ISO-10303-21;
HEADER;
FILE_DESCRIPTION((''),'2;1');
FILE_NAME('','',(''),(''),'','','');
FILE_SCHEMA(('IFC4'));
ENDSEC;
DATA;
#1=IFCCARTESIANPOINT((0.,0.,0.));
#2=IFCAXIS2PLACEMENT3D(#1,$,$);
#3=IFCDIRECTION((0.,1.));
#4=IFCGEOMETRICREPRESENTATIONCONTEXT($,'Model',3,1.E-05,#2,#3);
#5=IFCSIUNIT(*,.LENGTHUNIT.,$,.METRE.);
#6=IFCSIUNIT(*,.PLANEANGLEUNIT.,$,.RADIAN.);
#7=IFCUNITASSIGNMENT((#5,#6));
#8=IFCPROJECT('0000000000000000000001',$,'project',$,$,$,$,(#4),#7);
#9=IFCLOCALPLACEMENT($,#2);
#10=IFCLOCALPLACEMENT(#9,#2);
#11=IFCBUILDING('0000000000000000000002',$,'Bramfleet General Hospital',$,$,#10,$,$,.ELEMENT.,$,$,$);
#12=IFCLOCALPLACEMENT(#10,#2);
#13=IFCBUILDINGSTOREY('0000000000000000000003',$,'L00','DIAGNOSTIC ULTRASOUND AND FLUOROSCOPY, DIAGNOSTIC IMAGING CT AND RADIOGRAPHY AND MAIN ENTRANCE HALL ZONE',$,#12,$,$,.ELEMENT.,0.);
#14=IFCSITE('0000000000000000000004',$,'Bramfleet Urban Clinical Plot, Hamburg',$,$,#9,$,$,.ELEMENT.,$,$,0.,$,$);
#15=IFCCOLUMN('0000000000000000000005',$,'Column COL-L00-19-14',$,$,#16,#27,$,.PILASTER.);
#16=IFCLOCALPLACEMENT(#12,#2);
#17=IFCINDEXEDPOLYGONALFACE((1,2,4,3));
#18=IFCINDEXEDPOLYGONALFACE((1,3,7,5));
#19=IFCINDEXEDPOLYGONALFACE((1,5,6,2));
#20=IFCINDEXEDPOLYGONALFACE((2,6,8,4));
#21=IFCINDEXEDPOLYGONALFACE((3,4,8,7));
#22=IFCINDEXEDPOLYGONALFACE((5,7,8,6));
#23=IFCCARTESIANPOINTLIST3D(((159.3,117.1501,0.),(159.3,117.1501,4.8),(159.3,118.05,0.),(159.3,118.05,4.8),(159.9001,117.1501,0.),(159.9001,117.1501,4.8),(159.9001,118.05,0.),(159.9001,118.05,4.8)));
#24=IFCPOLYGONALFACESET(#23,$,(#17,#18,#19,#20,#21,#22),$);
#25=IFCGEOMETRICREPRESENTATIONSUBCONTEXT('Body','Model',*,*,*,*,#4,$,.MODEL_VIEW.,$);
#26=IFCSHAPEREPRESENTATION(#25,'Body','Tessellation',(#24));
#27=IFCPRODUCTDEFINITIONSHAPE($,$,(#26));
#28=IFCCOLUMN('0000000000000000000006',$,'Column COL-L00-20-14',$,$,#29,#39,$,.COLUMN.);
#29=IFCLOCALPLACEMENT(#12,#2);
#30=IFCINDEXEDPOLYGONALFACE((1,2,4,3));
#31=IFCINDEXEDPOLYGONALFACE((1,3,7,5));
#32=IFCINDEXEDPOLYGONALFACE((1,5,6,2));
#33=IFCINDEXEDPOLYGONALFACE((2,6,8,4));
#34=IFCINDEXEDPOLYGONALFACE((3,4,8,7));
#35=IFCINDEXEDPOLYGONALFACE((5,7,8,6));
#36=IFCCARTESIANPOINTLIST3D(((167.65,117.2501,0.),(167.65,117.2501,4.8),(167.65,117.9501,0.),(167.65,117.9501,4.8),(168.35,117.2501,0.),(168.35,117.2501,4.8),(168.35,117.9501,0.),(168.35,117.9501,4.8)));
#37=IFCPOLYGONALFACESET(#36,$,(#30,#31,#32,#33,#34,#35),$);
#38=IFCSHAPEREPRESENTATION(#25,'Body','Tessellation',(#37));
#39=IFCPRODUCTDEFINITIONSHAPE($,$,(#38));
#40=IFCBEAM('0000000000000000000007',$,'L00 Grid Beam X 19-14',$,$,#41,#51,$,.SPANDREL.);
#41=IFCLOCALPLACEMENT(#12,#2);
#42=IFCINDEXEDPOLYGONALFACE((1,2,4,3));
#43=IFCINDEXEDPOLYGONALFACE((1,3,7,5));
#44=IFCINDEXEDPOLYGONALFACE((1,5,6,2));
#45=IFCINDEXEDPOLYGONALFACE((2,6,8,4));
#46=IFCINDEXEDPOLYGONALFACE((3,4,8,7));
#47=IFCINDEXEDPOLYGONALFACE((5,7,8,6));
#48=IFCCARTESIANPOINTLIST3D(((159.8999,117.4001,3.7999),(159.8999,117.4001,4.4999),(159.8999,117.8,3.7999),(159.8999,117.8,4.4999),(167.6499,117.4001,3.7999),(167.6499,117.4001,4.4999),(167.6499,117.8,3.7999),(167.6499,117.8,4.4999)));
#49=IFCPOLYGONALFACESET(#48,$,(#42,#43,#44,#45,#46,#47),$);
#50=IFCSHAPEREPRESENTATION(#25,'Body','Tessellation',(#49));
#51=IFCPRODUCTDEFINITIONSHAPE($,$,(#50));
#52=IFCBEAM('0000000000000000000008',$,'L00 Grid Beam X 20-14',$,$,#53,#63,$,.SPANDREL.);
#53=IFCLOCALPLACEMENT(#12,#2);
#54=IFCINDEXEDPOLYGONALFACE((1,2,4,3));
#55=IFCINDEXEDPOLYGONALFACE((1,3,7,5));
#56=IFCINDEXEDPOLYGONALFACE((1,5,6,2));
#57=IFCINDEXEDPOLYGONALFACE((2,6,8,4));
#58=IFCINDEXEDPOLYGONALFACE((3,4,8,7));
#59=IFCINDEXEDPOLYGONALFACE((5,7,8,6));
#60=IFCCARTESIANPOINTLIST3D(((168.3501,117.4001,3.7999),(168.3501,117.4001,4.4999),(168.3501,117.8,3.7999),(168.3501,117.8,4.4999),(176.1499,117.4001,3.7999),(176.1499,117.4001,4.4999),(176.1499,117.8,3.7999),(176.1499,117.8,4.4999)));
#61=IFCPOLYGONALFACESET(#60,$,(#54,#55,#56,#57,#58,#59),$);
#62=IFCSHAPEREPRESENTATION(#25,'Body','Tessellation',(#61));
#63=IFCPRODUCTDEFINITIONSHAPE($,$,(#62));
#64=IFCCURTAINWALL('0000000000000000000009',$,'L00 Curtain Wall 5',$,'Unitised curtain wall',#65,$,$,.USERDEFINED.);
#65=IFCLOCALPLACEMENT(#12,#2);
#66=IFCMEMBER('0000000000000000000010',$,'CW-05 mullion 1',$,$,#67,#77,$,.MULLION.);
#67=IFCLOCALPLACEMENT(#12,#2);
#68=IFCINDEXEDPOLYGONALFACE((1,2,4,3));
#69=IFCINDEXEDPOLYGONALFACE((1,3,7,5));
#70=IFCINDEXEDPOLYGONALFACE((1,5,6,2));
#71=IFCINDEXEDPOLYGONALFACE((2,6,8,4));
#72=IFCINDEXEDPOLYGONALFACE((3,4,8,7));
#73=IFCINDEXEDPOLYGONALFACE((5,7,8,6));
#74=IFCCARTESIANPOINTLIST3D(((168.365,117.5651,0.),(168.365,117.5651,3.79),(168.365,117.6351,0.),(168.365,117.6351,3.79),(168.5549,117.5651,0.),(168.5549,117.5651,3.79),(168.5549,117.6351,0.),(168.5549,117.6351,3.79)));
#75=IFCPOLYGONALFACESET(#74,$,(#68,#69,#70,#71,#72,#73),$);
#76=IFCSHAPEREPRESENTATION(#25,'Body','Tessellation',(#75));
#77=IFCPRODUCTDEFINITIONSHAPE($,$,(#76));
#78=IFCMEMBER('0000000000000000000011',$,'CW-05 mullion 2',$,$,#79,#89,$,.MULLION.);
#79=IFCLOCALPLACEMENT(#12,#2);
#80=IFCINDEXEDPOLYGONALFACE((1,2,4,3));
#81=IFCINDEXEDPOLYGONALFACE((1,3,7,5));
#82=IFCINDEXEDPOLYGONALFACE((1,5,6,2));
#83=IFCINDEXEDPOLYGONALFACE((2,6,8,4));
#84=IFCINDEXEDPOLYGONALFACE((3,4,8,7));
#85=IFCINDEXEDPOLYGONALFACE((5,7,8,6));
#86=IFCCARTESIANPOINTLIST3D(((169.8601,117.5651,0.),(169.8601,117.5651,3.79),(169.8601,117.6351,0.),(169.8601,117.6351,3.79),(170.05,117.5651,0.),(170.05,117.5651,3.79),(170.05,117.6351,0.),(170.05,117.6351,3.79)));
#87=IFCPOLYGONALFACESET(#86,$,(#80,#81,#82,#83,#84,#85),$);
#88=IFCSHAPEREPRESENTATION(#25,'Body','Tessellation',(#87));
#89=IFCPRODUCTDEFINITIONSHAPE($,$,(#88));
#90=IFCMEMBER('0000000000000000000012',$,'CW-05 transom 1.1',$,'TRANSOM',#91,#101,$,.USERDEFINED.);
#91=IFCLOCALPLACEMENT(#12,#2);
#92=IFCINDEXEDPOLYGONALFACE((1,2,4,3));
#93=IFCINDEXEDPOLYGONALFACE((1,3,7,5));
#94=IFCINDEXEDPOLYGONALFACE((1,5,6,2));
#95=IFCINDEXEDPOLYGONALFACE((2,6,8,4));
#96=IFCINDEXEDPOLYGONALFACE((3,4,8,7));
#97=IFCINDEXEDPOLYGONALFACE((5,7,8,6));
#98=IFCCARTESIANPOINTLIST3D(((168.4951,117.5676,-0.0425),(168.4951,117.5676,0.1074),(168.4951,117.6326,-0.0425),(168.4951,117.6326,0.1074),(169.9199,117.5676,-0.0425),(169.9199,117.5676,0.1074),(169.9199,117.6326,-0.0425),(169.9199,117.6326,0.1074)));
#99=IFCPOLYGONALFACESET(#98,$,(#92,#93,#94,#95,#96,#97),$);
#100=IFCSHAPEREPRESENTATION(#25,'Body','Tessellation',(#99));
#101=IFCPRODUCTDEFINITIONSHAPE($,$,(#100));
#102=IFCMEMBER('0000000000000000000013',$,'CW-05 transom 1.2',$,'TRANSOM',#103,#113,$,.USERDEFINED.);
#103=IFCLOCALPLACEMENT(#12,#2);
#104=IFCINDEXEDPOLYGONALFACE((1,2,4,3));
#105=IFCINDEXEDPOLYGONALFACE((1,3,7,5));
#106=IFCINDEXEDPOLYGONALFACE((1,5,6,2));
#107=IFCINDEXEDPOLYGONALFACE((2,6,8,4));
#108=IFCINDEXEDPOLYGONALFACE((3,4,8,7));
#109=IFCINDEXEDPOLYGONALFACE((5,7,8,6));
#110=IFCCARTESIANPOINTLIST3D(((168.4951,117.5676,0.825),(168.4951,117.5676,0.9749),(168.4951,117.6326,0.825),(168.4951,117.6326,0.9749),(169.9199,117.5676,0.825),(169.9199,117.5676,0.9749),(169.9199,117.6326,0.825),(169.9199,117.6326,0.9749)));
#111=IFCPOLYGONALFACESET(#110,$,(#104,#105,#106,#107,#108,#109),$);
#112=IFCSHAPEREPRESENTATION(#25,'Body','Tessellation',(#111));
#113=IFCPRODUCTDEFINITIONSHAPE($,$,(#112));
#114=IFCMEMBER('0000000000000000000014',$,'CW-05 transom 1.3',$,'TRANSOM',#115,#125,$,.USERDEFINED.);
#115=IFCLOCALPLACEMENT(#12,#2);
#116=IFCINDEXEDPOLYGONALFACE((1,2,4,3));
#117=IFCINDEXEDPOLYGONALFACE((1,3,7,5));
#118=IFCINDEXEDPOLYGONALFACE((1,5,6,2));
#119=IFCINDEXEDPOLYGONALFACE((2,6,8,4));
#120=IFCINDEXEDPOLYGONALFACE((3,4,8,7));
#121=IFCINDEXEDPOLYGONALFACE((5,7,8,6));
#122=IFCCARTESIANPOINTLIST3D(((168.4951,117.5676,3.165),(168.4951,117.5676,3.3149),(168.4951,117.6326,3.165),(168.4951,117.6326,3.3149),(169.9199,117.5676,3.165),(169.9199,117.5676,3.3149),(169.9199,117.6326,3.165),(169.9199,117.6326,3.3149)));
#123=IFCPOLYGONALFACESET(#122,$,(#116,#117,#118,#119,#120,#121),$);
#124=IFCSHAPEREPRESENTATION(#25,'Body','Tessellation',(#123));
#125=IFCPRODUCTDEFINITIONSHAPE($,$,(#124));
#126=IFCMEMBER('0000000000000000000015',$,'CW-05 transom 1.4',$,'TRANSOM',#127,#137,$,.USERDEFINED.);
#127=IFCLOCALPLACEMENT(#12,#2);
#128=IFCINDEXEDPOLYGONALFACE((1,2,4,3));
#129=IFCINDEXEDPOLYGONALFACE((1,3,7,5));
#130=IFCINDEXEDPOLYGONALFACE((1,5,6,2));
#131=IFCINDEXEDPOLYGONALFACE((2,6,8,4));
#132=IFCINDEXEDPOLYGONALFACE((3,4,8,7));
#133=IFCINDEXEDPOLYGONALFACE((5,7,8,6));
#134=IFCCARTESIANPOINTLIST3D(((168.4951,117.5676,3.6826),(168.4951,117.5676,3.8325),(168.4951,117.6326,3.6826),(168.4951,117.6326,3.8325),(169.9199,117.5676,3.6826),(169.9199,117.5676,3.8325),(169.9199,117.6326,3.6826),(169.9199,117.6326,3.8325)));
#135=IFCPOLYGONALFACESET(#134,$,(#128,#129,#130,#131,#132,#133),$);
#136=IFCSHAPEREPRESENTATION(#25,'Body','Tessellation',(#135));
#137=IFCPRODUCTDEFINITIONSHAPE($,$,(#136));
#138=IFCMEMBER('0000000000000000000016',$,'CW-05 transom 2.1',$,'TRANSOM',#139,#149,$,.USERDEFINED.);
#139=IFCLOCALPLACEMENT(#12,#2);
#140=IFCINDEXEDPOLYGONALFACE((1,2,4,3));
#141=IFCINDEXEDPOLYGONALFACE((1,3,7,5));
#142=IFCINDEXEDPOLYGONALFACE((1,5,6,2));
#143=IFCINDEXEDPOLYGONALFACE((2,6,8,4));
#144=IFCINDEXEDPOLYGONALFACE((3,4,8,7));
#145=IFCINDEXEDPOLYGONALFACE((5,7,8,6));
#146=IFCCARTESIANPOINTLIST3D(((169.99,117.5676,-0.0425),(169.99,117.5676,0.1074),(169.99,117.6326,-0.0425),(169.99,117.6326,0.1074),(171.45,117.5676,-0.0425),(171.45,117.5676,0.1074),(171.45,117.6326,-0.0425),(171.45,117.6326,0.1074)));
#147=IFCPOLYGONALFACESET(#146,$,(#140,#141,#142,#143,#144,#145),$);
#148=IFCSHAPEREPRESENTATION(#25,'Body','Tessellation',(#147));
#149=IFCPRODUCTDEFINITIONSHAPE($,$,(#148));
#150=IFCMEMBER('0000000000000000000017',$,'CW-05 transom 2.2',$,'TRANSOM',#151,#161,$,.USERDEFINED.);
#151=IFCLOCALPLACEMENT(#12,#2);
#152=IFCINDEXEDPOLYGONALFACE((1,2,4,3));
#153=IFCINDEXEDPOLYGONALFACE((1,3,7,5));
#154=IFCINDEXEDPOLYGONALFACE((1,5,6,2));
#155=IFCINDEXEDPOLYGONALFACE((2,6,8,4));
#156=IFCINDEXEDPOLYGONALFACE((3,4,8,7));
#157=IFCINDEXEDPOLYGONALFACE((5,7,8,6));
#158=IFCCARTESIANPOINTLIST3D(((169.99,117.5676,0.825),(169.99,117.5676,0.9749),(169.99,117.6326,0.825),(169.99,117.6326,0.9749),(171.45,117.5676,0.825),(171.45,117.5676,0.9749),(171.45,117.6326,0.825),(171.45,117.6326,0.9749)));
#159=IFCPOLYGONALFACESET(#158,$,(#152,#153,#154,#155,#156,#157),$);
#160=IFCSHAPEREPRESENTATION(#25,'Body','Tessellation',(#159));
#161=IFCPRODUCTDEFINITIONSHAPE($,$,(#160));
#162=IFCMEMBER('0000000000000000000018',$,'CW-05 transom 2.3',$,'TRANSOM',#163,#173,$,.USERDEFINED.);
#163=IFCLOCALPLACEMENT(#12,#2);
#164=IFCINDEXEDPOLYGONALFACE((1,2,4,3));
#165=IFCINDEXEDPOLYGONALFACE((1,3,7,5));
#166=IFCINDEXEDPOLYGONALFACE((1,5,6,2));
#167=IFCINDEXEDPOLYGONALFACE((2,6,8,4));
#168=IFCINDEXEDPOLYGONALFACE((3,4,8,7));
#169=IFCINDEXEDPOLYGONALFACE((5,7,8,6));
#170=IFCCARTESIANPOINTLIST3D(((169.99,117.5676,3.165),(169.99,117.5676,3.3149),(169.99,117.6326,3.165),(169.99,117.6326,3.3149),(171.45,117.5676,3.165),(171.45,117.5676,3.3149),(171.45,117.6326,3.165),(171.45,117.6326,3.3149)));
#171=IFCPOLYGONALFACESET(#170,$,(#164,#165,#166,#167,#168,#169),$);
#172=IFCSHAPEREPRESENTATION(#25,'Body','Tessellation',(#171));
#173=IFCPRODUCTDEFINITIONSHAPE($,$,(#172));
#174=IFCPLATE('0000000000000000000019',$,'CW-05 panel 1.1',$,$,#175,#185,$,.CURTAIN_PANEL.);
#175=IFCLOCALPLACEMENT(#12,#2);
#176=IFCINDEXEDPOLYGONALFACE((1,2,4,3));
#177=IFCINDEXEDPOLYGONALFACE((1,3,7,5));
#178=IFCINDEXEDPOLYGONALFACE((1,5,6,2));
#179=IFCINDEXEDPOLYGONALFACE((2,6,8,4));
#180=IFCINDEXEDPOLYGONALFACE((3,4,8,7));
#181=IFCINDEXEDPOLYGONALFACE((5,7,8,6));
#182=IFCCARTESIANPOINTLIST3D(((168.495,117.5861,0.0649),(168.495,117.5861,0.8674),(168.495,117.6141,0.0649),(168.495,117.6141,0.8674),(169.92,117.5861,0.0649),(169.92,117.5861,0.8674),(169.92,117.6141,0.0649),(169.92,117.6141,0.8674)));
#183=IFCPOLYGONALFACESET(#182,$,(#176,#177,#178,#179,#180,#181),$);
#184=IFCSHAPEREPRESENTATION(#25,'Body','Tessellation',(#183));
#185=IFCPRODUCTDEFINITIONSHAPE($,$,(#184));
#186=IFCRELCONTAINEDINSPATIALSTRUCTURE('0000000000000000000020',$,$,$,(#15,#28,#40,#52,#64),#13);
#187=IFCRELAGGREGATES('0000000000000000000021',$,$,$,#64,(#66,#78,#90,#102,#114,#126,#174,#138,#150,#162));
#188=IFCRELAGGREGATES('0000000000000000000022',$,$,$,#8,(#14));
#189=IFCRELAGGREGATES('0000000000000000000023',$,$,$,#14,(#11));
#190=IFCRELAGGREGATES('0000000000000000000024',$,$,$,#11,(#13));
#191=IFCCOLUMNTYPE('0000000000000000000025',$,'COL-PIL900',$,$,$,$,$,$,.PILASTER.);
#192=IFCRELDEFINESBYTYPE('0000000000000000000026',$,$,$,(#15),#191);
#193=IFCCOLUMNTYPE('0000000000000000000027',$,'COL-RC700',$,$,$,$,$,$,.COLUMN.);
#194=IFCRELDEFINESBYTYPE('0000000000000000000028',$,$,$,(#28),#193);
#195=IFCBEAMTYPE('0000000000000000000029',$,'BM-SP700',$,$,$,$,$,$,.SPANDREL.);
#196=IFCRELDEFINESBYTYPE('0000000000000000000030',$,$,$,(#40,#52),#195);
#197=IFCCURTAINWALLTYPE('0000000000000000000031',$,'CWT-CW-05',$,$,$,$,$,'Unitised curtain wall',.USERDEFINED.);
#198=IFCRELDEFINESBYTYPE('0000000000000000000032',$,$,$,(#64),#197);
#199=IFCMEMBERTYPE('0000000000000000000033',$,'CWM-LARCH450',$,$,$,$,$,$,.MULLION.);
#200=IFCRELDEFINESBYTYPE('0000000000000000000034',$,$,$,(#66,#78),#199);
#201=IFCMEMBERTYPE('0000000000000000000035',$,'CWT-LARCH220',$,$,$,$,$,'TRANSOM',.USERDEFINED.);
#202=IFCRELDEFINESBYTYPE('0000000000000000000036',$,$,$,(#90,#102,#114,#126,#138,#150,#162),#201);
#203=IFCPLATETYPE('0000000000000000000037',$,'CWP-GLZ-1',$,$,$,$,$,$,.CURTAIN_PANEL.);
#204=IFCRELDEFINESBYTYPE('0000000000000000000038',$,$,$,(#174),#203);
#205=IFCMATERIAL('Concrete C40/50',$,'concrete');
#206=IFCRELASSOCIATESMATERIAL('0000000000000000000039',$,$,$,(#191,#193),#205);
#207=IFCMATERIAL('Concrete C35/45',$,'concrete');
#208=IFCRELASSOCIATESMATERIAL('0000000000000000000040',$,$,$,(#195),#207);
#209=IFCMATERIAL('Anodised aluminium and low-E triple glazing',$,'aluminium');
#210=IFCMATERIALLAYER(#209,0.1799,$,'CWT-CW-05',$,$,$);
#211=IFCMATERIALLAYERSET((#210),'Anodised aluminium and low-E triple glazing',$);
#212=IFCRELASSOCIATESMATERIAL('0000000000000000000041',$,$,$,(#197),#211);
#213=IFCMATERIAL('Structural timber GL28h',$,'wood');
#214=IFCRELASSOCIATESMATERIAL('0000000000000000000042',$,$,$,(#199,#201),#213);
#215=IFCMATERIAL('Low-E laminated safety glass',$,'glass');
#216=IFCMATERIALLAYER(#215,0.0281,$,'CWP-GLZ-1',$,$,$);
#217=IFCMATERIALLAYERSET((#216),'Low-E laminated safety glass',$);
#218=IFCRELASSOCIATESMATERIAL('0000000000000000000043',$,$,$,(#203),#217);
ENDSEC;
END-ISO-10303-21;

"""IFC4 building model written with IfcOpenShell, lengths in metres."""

from ifc_helpers import new_model, si_unit, direction, frame, origin, origin_2d, place, context, subcontext, project, spatial, rectangle, extrude, material, layer, layer_set, material_profile, profile_set, type_object, element, aggregate, save


model = new_model("IFC4")

# Units and contexts
model_context = context("Model", 3, precision=1e-05, world=origin(), true_north=direction((0.0, 1.0)))
body_context = subcontext(model_context, "Body", "Model", "MODEL_VIEW")
ifc_project = project(units=[si_unit("LENGTHUNIT", "METRE"), si_unit("PLANEANGLEUNIT", "RADIAN")], contexts=[model_context])

# Site, building, storey
site_placement = place(None, origin())
site = spatial("IfcSite", under=ifc_project, at=site_placement, Name="Bramfleet Urban Clinical Plot, Hamburg", CompositionType="ELEMENT", RefElevation=0.0)
building_placement = place(site_placement, origin())
building = spatial("IfcBuilding", under=site, at=building_placement, Name="Bramfleet General Hospital", CompositionType="ELEMENT")
storey_placement = place(building_placement, origin())
storey = spatial("IfcBuildingStorey", under=building, at=storey_placement, Name="L00", Description="DIAGNOSTIC ULTRASOUND AND FLUOROSCOPY, DIAGNOSTIC IMAGING CT AND RADIOGRAPHY AND MAIN ENTRANCE HALL ZONE", CompositionType="ELEMENT", Elevation=0.0)

# Columns
ifc_material_1 = material(Name="Concrete C40/50", Category="concrete")
ifc_material_profile_1 = material_profile(ifc_material_1, rectangle(XDim=0.6001, YDim=0.8999, at=origin_2d()), Name="RC PIL 900x600")
ifc_profile_set_1 = profile_set([ifc_material_profile_1], Name="Concrete C40/50")
column_type_1 = type_object("IfcColumnType", Name="COL-PIL900", PredefinedType="PILASTER", material=ifc_profile_set_1)
column_1_placement = place(storey_placement, frame((159.6001, 117.6001, 0.0), z_axis=(0.0, 0.0, 1.0), x_axis=(1.0, 0.0, 0.0)))
element("IfcColumn", 1, at=column_1_placement, inside=storey, type_object=column_type_1, Name="Column COL-L00-19-14", PredefinedType="PILASTER", context=body_context, shape_type="SweptSolid", body=[
    extrude(rectangle(XDim=0.6001, YDim=0.8999, at=origin_2d()), origin(), (0.0, 0.0, 1.0), 4.8),
])
ifc_material_profile_2 = material_profile(ifc_material_1, rectangle(XDim=0.7, YDim=0.7, at=origin_2d()), Name="RC COL 700x700")
ifc_profile_set_2 = profile_set([ifc_material_profile_2], Name="Concrete C40/50")
column_type_2 = type_object("IfcColumnType", Name="COL-RC700", PredefinedType="COLUMN", material=ifc_profile_set_2)
column_2_placement = place(storey_placement, frame((168.0, 117.6001, 0.0), z_axis=(0.0, 0.0, 1.0), x_axis=(1.0, 0.0, 0.0)))
element("IfcColumn", 2, at=column_2_placement, inside=storey, type_object=column_type_2, Name="Column COL-L00-20-14", PredefinedType="COLUMN", context=body_context, shape_type="SweptSolid", body=[
    extrude(rectangle(XDim=0.7, YDim=0.7, at=origin_2d()), origin(), (0.0, 0.0, 1.0), 4.8),
])

# Beams
ifc_material_2 = material(Name="Concrete C35/45", Category="concrete")
ifc_material_profile_3 = material_profile(ifc_material_2, rectangle(XDim=0.3999, YDim=0.7, at=origin_2d()), Name="RC SP 700x400")
ifc_profile_set_3 = profile_set([ifc_material_profile_3], Name="Concrete C35/45")
beam_type = type_object("IfcBeamType", Name="BM-SP700", PredefinedType="SPANDREL", material=ifc_profile_set_3)
beam_1_placement = place(storey_placement, frame((159.8999, 117.6001, 4.1499), z_axis=(1.0, 0.0, 0.0), x_axis=(0.0, 1.0, 0.0)))
element("IfcBeam", 3, at=beam_1_placement, inside=storey, type_object=beam_type, Name="L00 Grid Beam X 19-14", PredefinedType="SPANDREL", context=body_context, shape_type="SweptSolid", body=[
    extrude(rectangle(XDim=0.3999, YDim=0.7, at=origin_2d()), origin(), (0.0, 0.0, 1.0), 7.75),
])
beam_2_placement = place(storey_placement, frame((168.3501, 117.6001, 4.1499), z_axis=(1.0, 0.0, 0.0), x_axis=(0.0, 1.0, 0.0)))
element("IfcBeam", 4, at=beam_2_placement, inside=storey, type_object=beam_type, Name="L00 Grid Beam X 20-14", PredefinedType="SPANDREL", context=body_context, shape_type="SweptSolid", body=[
    extrude(rectangle(XDim=0.3999, YDim=0.7, at=origin_2d()), origin(), (0.0, 0.0, 1.0), 7.7998),
])

# Curtain wall, members, plate
ifc_material_3 = material(Name="Anodised aluminium and low-E triple glazing", Category="aluminium")
ifc_layer_1 = layer(ifc_material_3, 0.1799, Name="CWT-CW-05")
ifc_layer_set_1 = layer_set([ifc_layer_1], Name="Anodised aluminium and low-E triple glazing")
curtain_wall_type = type_object("IfcCurtainWallType", Name="CWT-CW-05", ElementType="Unitised curtain wall", PredefinedType="USERDEFINED", material=ifc_layer_set_1)
curtain_wall_placement = place(storey_placement, origin())
curtain_wall = element("IfcCurtainWall", 5, at=curtain_wall_placement, inside=storey, type_object=curtain_wall_type, Name="L00 Curtain Wall 5", ObjectType="Unitised curtain wall", PredefinedType="USERDEFINED")
ifc_material_4 = material(Name="Structural timber GL28h", Category="wood")
ifc_material_profile_4 = material_profile(ifc_material_4, rectangle(XDim=0.0701, YDim=0.1899, at=origin_2d()), Name="LARCH 190x70")
ifc_profile_set_4 = profile_set([ifc_material_profile_4], Name="Structural timber GL28h")
member_type_1 = type_object("IfcMemberType", Name="CWM-LARCH450", PredefinedType="MULLION", material=ifc_profile_set_4)
member_1_placement = place(storey_placement, frame((168.46, 117.6001, 0.0), z_axis=(0.0, 0.0, 1.0), x_axis=(0.0, 1.0, 0.0)))
member_1 = element("IfcMember", 6, at=member_1_placement, type_object=member_type_1, Name="CW-05 mullion 1", PredefinedType="MULLION", context=body_context, shape_type="SweptSolid", body=[
    extrude(rectangle(XDim=0.0701, YDim=0.1899, at=origin_2d()), origin(), (0.0, 0.0, 1.0), 3.79),
])
member_2_placement = place(storey_placement, frame((169.9551, 117.6001, 0.0), z_axis=(0.0, 0.0, 1.0), x_axis=(0.0, 1.0, 0.0)))
member_2 = element("IfcMember", 7, at=member_2_placement, type_object=member_type_1, Name="CW-05 mullion 2", PredefinedType="MULLION", context=body_context, shape_type="SweptSolid", body=[
    extrude(rectangle(XDim=0.0701, YDim=0.1899, at=origin_2d()), origin(), (0.0, 0.0, 1.0), 3.79),
])
ifc_material_profile_5 = material_profile(ifc_material_4, rectangle(XDim=0.0649, YDim=0.1499, at=origin_2d()), Name="LARCH 150x65")
ifc_profile_set_5 = profile_set([ifc_material_profile_5], Name="Structural timber GL28h")
member_type_2 = type_object("IfcMemberType", Name="CWT-LARCH220", ElementType="TRANSOM", PredefinedType="USERDEFINED", material=ifc_profile_set_5)
member_3_placement = place(storey_placement, frame((168.4951, 117.6001, 0.0325), z_axis=(1.0, 0.0, 0.0), x_axis=(0.0, 1.0, 0.0)))
member_3 = element("IfcMember", 8, at=member_3_placement, type_object=member_type_2, Name="CW-05 transom 1.1", ObjectType="TRANSOM", PredefinedType="USERDEFINED", context=body_context, shape_type="SweptSolid", body=[
    extrude(rectangle(XDim=0.0649, YDim=0.1499, at=origin_2d()), origin(), (0.0, 0.0, 1.0), 1.4248),
])
member_4_placement = place(storey_placement, frame((168.4951, 117.6001, 0.8999), z_axis=(1.0, 0.0, 0.0), x_axis=(0.0, 1.0, 0.0)))
member_4 = element("IfcMember", 9, at=member_4_placement, type_object=member_type_2, Name="CW-05 transom 1.2", ObjectType="TRANSOM", PredefinedType="USERDEFINED", context=body_context, shape_type="SweptSolid", body=[
    extrude(rectangle(XDim=0.0649, YDim=0.1499, at=origin_2d()), origin(), (0.0, 0.0, 1.0), 1.4248),
])
member_5_placement = place(storey_placement, frame((168.4951, 117.6001, 3.24), z_axis=(1.0, 0.0, 0.0), x_axis=(0.0, 1.0, 0.0)))
member_5 = element("IfcMember", 10, at=member_5_placement, type_object=member_type_2, Name="CW-05 transom 1.3", ObjectType="TRANSOM", PredefinedType="USERDEFINED", context=body_context, shape_type="SweptSolid", body=[
    extrude(rectangle(XDim=0.0649, YDim=0.1499, at=origin_2d()), origin(), (0.0, 0.0, 1.0), 1.4248),
])
member_6_placement = place(storey_placement, frame((168.4951, 117.6001, 3.7576), z_axis=(1.0, 0.0, 0.0), x_axis=(0.0, 1.0, 0.0)))
member_6 = element("IfcMember", 11, at=member_6_placement, type_object=member_type_2, Name="CW-05 transom 1.4", ObjectType="TRANSOM", PredefinedType="USERDEFINED", context=body_context, shape_type="SweptSolid", body=[
    extrude(rectangle(XDim=0.0649, YDim=0.1499, at=origin_2d()), origin(), (0.0, 0.0, 1.0), 1.4248),
])
member_7_placement = place(storey_placement, frame((169.99, 117.6001, 0.0325), z_axis=(1.0, 0.0, 0.0), x_axis=(0.0, 1.0, 0.0)))
member_7 = element("IfcMember", 12, at=member_7_placement, type_object=member_type_2, Name="CW-05 transom 2.1", ObjectType="TRANSOM", PredefinedType="USERDEFINED", context=body_context, shape_type="SweptSolid", body=[
    extrude(rectangle(XDim=0.0649, YDim=0.1499, at=origin_2d()), origin(), (0.0, 0.0, 1.0), 1.46),
])
member_8_placement = place(storey_placement, frame((169.99, 117.6001, 0.8999), z_axis=(1.0, 0.0, 0.0), x_axis=(0.0, 1.0, 0.0)))
member_8 = element("IfcMember", 13, at=member_8_placement, type_object=member_type_2, Name="CW-05 transom 2.2", ObjectType="TRANSOM", PredefinedType="USERDEFINED", context=body_context, shape_type="SweptSolid", body=[
    extrude(rectangle(XDim=0.0649, YDim=0.1499, at=origin_2d()), origin(), (0.0, 0.0, 1.0), 1.46),
])
member_9_placement = place(storey_placement, frame((169.99, 117.6001, 3.24), z_axis=(1.0, 0.0, 0.0), x_axis=(0.0, 1.0, 0.0)))
member_9 = element("IfcMember", 14, at=member_9_placement, type_object=member_type_2, Name="CW-05 transom 2.3", ObjectType="TRANSOM", PredefinedType="USERDEFINED", context=body_context, shape_type="SweptSolid", body=[
    extrude(rectangle(XDim=0.0649, YDim=0.1499, at=origin_2d()), origin(), (0.0, 0.0, 1.0), 1.46),
])
ifc_material_5 = material(Name="Low-E laminated safety glass", Category="glass")
ifc_layer_2 = layer(ifc_material_5, 0.0281, Name="CWP-GLZ-1")
ifc_layer_set_2 = layer_set([ifc_layer_2], Name="Low-E laminated safety glass")
plate_type = type_object("IfcPlateType", Name="CWP-GLZ-1", PredefinedType="CURTAIN_PANEL", material=ifc_layer_set_2)
plate_1_placement = place(storey_placement, frame((169.2075, 117.6001, 0.0649), z_axis=(0.0, 0.0, 1.0), x_axis=(1.0, 0.0, 0.0)))
plate_1 = element("IfcPlate", 15, at=plate_1_placement, type_object=plate_type, Name="CW-05 panel 1.1", PredefinedType="CURTAIN_PANEL", context=body_context, shape_type="SweptSolid", body=[
    extrude(rectangle(XDim=1.425, YDim=0.0281, at=origin_2d()), origin(), (0.0, 0.0, 1.0), 0.8025),
])
aggregate(curtain_wall, [member_1, member_2, member_3, member_4, member_5, member_6, plate_1, member_7, member_8, member_9])

save(model, "model.ifc")
